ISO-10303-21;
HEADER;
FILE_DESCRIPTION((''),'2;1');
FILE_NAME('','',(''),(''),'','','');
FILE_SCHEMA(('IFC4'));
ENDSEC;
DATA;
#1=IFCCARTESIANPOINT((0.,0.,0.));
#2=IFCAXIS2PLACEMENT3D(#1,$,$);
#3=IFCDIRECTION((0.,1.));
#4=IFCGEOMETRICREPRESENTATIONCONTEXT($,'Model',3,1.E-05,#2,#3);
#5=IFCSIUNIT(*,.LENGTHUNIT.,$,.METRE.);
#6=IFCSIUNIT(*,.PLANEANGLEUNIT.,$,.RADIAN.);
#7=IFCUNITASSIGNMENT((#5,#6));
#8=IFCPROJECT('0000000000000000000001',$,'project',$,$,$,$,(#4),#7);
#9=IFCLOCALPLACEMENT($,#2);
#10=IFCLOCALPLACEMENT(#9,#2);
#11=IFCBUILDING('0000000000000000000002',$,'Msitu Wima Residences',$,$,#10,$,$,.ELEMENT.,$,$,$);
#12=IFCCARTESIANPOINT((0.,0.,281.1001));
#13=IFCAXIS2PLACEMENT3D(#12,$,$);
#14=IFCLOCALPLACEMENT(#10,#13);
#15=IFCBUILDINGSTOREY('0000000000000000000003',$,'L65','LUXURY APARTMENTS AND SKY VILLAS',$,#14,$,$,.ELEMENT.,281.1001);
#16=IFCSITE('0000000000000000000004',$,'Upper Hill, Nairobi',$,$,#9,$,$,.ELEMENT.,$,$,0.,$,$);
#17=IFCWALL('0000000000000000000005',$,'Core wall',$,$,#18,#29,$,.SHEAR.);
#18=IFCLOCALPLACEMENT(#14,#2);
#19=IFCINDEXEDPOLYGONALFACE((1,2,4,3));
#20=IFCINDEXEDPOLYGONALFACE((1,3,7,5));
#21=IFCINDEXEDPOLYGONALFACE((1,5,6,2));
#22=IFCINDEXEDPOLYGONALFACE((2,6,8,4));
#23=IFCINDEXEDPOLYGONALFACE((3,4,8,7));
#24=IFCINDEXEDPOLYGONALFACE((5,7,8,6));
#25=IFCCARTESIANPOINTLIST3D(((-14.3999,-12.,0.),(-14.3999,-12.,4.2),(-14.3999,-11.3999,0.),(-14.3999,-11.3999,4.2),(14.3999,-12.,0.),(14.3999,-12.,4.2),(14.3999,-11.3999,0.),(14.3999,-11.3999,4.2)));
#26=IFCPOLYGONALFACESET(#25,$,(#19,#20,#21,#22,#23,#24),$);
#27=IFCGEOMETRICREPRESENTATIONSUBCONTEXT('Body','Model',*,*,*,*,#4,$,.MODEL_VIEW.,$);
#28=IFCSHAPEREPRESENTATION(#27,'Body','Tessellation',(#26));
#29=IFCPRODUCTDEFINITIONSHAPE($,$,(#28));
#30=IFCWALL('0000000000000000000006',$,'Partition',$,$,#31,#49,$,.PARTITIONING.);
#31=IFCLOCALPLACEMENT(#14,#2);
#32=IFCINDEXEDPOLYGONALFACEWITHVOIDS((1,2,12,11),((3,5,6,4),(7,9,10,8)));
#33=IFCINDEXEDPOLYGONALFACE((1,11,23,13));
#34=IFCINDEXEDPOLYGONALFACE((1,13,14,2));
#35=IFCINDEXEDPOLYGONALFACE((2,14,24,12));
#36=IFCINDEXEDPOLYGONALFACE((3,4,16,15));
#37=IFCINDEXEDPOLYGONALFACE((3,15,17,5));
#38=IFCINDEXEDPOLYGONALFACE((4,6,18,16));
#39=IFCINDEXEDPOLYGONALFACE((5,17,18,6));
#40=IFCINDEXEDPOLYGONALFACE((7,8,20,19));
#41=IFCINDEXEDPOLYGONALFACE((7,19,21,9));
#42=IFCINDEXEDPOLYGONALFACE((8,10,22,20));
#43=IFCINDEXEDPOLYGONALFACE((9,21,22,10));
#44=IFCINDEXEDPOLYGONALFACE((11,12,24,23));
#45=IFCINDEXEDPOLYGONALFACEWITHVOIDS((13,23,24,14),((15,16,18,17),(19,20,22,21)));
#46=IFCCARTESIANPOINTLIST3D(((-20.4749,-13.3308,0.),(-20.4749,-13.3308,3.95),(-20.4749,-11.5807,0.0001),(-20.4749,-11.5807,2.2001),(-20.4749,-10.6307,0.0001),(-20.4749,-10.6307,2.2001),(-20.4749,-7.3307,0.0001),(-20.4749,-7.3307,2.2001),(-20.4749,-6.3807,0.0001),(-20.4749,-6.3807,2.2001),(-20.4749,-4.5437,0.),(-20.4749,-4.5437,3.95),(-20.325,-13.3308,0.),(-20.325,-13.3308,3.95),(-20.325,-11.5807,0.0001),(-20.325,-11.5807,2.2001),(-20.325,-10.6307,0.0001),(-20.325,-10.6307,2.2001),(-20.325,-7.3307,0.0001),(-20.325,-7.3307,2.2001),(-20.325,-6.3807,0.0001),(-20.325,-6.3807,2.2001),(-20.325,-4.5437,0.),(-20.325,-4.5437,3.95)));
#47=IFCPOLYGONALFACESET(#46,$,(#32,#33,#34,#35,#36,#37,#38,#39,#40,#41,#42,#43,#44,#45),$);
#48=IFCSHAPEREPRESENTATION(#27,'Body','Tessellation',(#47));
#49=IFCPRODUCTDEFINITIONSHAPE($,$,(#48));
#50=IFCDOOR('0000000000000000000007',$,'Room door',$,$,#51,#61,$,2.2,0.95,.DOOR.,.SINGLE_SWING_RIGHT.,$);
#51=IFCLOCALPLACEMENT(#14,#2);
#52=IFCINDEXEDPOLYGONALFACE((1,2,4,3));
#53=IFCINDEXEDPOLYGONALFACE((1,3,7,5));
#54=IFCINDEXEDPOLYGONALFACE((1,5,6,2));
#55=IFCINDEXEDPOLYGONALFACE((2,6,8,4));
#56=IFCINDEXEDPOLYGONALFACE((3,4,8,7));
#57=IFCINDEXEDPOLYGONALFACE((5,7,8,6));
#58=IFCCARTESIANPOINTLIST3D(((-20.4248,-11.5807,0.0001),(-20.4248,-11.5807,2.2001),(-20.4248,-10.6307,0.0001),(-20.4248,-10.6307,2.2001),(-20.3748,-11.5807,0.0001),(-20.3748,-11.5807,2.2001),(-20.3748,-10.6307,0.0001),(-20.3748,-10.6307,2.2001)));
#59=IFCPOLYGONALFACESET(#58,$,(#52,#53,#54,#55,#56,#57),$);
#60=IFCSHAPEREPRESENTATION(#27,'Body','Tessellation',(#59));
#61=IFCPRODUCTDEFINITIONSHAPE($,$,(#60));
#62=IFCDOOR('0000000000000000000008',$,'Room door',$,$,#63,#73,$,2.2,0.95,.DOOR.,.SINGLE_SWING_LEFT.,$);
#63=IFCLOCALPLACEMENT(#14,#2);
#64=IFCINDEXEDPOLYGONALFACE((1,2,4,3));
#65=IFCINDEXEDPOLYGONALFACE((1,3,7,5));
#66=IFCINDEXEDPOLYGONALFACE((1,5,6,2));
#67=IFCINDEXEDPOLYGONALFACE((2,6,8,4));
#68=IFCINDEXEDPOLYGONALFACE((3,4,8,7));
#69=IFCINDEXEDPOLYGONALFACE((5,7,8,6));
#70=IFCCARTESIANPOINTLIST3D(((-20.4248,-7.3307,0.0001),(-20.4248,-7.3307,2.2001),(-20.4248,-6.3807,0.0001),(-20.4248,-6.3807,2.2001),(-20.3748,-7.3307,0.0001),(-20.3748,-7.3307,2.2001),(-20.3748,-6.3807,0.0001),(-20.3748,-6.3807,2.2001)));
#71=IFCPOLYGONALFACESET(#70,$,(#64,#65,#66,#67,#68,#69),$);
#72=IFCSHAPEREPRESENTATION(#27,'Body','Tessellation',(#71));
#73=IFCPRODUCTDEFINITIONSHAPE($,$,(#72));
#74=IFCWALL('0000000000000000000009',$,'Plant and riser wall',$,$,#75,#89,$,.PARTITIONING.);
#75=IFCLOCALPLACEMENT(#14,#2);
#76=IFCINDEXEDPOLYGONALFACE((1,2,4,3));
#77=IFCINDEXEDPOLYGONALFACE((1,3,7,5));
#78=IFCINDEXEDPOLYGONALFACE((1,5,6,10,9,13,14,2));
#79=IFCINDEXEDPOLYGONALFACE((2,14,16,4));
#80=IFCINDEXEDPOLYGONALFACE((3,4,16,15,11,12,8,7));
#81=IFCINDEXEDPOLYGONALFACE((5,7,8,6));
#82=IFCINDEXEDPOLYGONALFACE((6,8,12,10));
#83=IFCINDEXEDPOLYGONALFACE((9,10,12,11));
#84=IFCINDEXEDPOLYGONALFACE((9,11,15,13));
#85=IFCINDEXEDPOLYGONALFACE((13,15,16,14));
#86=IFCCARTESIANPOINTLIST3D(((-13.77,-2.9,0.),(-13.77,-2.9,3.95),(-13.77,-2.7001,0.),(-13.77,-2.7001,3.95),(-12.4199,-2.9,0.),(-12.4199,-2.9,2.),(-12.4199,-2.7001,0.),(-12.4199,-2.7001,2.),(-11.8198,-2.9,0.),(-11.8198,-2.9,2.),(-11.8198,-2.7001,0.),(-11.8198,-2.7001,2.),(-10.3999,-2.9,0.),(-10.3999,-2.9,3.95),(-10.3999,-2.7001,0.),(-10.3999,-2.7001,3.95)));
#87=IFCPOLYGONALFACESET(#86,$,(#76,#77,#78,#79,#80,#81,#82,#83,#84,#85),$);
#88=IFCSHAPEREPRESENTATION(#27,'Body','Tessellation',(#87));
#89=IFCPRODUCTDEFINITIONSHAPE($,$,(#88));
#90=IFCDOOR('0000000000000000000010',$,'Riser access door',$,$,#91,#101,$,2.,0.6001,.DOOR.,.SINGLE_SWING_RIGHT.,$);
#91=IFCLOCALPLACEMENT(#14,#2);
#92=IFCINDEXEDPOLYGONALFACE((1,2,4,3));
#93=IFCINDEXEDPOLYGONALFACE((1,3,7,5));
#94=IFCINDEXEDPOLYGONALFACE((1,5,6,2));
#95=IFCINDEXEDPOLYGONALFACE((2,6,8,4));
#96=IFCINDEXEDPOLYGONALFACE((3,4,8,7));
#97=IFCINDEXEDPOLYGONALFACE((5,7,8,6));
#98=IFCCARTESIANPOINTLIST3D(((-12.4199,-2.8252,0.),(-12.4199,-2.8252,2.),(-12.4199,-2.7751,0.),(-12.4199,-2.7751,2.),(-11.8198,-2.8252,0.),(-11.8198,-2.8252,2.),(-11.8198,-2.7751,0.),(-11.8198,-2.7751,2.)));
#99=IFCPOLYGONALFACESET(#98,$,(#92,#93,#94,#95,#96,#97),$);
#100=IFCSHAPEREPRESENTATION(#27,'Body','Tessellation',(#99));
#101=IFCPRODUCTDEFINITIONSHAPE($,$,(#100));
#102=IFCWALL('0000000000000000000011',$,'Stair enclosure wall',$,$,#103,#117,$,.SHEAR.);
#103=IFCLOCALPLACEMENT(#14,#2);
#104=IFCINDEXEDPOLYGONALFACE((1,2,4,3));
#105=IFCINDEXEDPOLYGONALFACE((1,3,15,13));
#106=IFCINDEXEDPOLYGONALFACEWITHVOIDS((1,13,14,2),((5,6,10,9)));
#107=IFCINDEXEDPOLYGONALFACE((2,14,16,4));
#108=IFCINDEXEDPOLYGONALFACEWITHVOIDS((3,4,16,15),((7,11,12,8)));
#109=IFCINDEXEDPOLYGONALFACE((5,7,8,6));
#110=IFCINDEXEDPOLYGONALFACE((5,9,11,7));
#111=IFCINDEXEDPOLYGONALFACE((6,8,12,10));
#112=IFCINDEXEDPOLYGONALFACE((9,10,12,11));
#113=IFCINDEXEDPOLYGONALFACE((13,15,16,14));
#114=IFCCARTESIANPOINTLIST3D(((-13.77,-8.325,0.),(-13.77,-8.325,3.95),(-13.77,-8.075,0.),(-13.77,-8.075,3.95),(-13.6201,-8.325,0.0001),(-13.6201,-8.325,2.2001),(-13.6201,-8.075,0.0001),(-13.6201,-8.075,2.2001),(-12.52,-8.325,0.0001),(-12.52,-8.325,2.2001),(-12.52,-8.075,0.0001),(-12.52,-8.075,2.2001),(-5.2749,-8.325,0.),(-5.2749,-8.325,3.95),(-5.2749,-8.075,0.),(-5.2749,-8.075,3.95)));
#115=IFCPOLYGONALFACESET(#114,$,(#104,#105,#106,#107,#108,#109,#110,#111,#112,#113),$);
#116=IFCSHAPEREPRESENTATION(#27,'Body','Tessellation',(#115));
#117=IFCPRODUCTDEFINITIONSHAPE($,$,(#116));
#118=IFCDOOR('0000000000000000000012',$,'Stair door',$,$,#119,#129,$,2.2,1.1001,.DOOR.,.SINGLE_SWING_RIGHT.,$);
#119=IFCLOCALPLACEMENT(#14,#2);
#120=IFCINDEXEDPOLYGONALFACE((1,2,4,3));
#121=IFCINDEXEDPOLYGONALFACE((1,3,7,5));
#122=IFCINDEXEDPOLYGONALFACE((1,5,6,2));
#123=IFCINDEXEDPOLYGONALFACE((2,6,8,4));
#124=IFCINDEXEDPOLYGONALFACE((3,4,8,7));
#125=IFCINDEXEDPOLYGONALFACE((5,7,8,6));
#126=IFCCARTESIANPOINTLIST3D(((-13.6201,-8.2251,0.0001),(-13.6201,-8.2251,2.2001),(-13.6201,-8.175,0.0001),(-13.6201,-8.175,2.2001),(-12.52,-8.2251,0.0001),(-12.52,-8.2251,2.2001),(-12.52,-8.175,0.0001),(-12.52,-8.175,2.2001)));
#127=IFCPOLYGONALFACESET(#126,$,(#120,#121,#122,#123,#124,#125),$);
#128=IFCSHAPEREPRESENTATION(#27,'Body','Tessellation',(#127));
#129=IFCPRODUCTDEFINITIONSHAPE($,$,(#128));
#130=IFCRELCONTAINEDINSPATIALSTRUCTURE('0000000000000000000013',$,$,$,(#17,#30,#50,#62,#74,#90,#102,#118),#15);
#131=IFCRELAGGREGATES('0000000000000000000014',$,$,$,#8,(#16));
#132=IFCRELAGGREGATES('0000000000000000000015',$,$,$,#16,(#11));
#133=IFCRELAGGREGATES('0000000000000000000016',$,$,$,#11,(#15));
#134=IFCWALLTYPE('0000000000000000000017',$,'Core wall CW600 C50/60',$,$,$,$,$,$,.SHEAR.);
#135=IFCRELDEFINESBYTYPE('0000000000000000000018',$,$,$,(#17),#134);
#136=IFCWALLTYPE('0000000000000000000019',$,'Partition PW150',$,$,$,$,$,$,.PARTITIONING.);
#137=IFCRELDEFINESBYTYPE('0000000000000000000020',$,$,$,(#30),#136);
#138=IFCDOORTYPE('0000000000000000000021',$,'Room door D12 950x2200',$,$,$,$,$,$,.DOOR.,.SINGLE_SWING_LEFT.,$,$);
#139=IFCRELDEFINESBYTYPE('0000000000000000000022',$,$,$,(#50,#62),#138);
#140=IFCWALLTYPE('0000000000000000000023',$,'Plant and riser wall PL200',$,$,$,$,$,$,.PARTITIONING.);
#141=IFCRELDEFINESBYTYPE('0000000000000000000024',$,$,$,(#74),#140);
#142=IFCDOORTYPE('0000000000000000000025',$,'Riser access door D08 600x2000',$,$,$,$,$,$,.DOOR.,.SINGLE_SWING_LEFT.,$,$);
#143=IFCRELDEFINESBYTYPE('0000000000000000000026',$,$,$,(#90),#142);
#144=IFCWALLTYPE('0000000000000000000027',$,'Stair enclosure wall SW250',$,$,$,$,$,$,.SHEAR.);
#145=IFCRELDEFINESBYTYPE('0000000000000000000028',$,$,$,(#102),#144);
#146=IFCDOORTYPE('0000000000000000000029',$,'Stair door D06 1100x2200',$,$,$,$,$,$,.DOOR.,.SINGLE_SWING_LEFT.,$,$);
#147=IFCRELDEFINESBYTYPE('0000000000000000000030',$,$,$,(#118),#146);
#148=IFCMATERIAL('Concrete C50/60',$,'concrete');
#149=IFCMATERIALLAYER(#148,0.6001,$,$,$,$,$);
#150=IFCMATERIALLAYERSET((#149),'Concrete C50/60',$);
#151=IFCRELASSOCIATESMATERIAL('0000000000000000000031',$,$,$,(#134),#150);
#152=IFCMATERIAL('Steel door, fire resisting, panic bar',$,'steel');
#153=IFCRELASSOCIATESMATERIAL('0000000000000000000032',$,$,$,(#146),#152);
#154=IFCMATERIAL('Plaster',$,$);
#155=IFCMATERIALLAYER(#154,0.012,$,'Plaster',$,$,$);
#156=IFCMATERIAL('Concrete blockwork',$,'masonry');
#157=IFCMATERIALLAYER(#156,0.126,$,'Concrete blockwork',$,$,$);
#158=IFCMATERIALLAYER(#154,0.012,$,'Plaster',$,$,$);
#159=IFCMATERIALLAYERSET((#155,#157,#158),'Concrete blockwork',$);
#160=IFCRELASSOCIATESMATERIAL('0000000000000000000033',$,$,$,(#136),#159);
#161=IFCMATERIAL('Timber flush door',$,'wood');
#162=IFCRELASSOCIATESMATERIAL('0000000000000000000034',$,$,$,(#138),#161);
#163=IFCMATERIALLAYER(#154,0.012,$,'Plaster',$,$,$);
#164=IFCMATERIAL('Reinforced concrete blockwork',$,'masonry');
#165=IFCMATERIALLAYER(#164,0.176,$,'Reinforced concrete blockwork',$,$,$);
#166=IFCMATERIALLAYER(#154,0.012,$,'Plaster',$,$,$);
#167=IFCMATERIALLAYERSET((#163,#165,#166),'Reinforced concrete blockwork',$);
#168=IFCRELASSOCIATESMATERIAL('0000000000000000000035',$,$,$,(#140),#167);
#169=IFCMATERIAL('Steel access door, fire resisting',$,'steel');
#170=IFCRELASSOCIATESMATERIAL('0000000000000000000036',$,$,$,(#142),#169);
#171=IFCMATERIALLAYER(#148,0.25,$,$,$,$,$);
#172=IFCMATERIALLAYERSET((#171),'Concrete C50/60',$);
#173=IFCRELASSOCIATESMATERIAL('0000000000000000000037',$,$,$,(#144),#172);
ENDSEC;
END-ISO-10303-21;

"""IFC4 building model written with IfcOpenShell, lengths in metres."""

from ifc_helpers import new_model, si_unit, direction, frame, frame_2d, origin, place, context, subcontext, project, spatial, rectangle, extrude, material, layer, layer_set, type_object, element, fill, save


model = new_model("IFC4")

# Units and contexts
model_context = context("Model", 3, precision=1e-05, world=origin(), true_north=direction((0.0, 1.0)))
body_context = subcontext(model_context, "Body", "Model", "MODEL_VIEW")
ifc_project = project(units=[si_unit("LENGTHUNIT", "METRE"), si_unit("PLANEANGLEUNIT", "RADIAN")], contexts=[model_context])

# Site, building, storey
site_placement = place(None, origin())
site = spatial("IfcSite", under=ifc_project, at=site_placement, Name="Upper Hill, Nairobi", CompositionType="ELEMENT", RefElevation=0.0)
building_placement = place(site_placement, origin())
building = spatial("IfcBuilding", under=site, at=building_placement, Name="Msitu Wima Residences", CompositionType="ELEMENT")
storey_placement = place(building_placement, frame((0.0, 0.0, 281.1001)))
storey = spatial("IfcBuildingStorey", under=building, at=storey_placement, Name="L65", Description="LUXURY APARTMENTS AND SKY VILLAS", CompositionType="ELEMENT", Elevation=281.1001)

# Wall
ifc_material_1 = material(Name="Concrete C50/60", Category="concrete")
ifc_layer_1 = layer(ifc_material_1, 0.6001)
ifc_layer_set_1 = layer_set([ifc_layer_1], Name="Concrete C50/60")
wall_type_1 = type_object("IfcWallType", Name="Core wall CW600 C50/60", PredefinedType="SHEAR", material=ifc_layer_set_1)
wall_1_placement = place(storey_placement, frame((-14.3999, -11.7, 0.0), z_axis=(0.0, 0.0, 1.0), x_axis=(1.0, 0.0, 0.0)))
element("IfcWall", 1, at=wall_1_placement, inside=storey, type_object=wall_type_1, Name="Core wall", PredefinedType="SHEAR", context=body_context, shape_type="SweptSolid", body=[
    extrude(rectangle(XDim=28.7998, YDim=0.6001, at=frame_2d((14.3999, 0.0))), origin(), (0.0, 0.0, 1.0), 4.2),
])

# Wall, openings, doors
ifc_material_2 = material(Name="Steel door, fire resisting, panic bar", Category="steel")
door_type_1 = type_object("IfcDoorType", Name="Stair door D06 1100x2200", OperationType="SINGLE_SWING_LEFT", PredefinedType="DOOR", material=ifc_material_2)
ifc_material_3 = material(Name="Plaster")
ifc_layer_2 = layer(ifc_material_3, 0.012, Name="Plaster")
ifc_material_4 = material(Name="Concrete blockwork", Category="masonry")
ifc_layer_3 = layer(ifc_material_4, 0.126, Name="Concrete blockwork")
ifc_layer_4 = layer(ifc_material_3, 0.012, Name="Plaster")
ifc_layer_set_2 = layer_set([ifc_layer_2, ifc_layer_3, ifc_layer_4], Name="Concrete blockwork")
wall_type_2 = type_object("IfcWallType", Name="Partition PW150", PredefinedType="PARTITIONING", material=ifc_layer_set_2)
wall_2_placement = place(storey_placement, frame((-20.3999, -13.3308, 0.0), z_axis=(0.0, 0.0, 1.0), x_axis=(0.0, 1.0, 0.0)))
wall_2 = element("IfcWall", 2, at=wall_2_placement, inside=storey, type_object=wall_type_2, Name="Partition", PredefinedType="PARTITIONING", context=body_context, shape_type="SweptSolid", body=[
    extrude(rectangle(XDim=8.7871, YDim=0.1499, at=frame_2d((4.3936, 0.0))), origin(), (0.0, 0.0, 1.0), 3.95),
])
opening_1_placement = place(wall_2_placement, frame((1.75, 0.0, 0.0)))
opening_1 = element("IfcOpeningElement", 3, at=opening_1_placement, cuts=wall_2, PredefinedType="OPENING", context=body_context, shape_type="SweptSolid", body=[
    extrude(rectangle(XDim=0.95, YDim=2.2, at=frame_2d((0.4751, 1.1001))), frame((0.0, 0.085, 0.0), z_axis=(0.0, -1.0, 0.0), x_axis=(1.0, 0.0, 0.0)), (0.0, 0.0, 1.0), 0.1699),
])
opening_2_placement = place(wall_2_placement, frame((6.0, 0.0, 0.0)))
opening_2 = element("IfcOpeningElement", 4, at=opening_2_placement, cuts=wall_2, PredefinedType="OPENING", context=body_context, shape_type="SweptSolid", body=[
    extrude(rectangle(XDim=0.95, YDim=2.2, at=frame_2d((0.4751, 1.1001))), frame((0.0, 0.085, 0.0), z_axis=(0.0, -1.0, 0.0), x_axis=(1.0, 0.0, 0.0)), (0.0, 0.0, 1.0), 0.1699),
])
ifc_material_5 = material(Name="Timber flush door", Category="wood")
door_type_2 = type_object("IfcDoorType", Name="Room door D12 950x2200", OperationType="SINGLE_SWING_LEFT", PredefinedType="DOOR", material=ifc_material_5)
door_1_placement = place(opening_1_placement, origin())
door_1 = element("IfcDoor", 5, at=door_1_placement, inside=storey, type_object=door_type_2, Name="Room door", OperationType="SINGLE_SWING_RIGHT", OverallHeight=2.2, OverallWidth=0.95, PredefinedType="DOOR", context=body_context, shape_type="SweptSolid", body=[
    extrude(rectangle(XDim=0.95, YDim=2.2, at=frame_2d((0.4751, 1.1001))), frame((0.0, 0.0249, 0.0), z_axis=(0.0, -1.0, 0.0), x_axis=(1.0, 0.0, 0.0)), (0.0, 0.0, 1.0), 0.05),
])
fill(opening_1, door_1)
door_2_placement = place(opening_2_placement, origin())
door_2 = element("IfcDoor", 6, at=door_2_placement, inside=storey, type_object=door_type_2, Name="Room door", OperationType="SINGLE_SWING_LEFT", OverallHeight=2.2, OverallWidth=0.95, PredefinedType="DOOR", context=body_context, shape_type="SweptSolid", body=[
    extrude(rectangle(XDim=0.95, YDim=2.2, at=frame_2d((0.4751, 1.1001))), frame((0.0, 0.0249, 0.0), z_axis=(0.0, -1.0, 0.0), x_axis=(1.0, 0.0, 0.0)), (0.0, 0.0, 1.0), 0.05),
])
fill(opening_2, door_2)

# Walls, openings, doors
ifc_layer_5 = layer(ifc_material_3, 0.012, Name="Plaster")
ifc_material_6 = material(Name="Reinforced concrete blockwork", Category="masonry")
ifc_layer_6 = layer(ifc_material_6, 0.176, Name="Reinforced concrete blockwork")
ifc_layer_7 = layer(ifc_material_3, 0.012, Name="Plaster")
ifc_layer_set_3 = layer_set([ifc_layer_5, ifc_layer_6, ifc_layer_7], Name="Reinforced concrete blockwork")
wall_type_3 = type_object("IfcWallType", Name="Plant and riser wall PL200", PredefinedType="PARTITIONING", material=ifc_layer_set_3)
wall_3_placement = place(storey_placement, frame((-13.77, -2.8, 0.0), z_axis=(0.0, 0.0, 1.0), x_axis=(1.0, 0.0, 0.0)))
wall_3 = element("IfcWall", 7, at=wall_3_placement, inside=storey, type_object=wall_type_3, Name="Plant and riser wall", PredefinedType="PARTITIONING", context=body_context, shape_type="SweptSolid", body=[
    extrude(rectangle(XDim=3.3701, YDim=0.2, at=frame_2d((1.6851, 0.0))), origin(), (0.0, 0.0, 1.0), 3.95),
])
opening_3_placement = place(wall_3_placement, frame((1.3501, 0.0, 0.0)))
opening_3 = element("IfcOpeningElement", 8, at=opening_3_placement, cuts=wall_3, PredefinedType="OPENING", context=body_context, shape_type="SweptSolid", body=[
    extrude(rectangle(XDim=0.6001, YDim=2.0, at=frame_2d((0.3, 1.0))), frame((0.0, 0.1099, 0.0), z_axis=(0.0, -1.0, 0.0), x_axis=(1.0, 0.0, 0.0)), (0.0, 0.0, 1.0), 0.22),
])
ifc_material_7 = material(Name="Steel access door, fire resisting", Category="steel")
door_type_3 = type_object("IfcDoorType", Name="Riser access door D08 600x2000", OperationType="SINGLE_SWING_LEFT", PredefinedType="DOOR", material=ifc_material_7)
door_3_placement = place(opening_3_placement, origin())
door_3 = element("IfcDoor", 9, at=door_3_placement, inside=storey, type_object=door_type_3, Name="Riser access door", OperationType="SINGLE_SWING_RIGHT", OverallHeight=2.0, OverallWidth=0.6001, PredefinedType="DOOR", context=body_context, shape_type="SweptSolid", body=[
    extrude(rectangle(XDim=0.6001, YDim=2.0, at=frame_2d((0.3, 1.0))), frame((0.0, 0.0249, 0.0), z_axis=(0.0, -1.0, 0.0), x_axis=(1.0, 0.0, 0.0)), (0.0, 0.0, 1.0), 0.05),
])
fill(opening_3, door_3)
ifc_layer_8 = layer(ifc_material_1, 0.25)
ifc_layer_set_4 = layer_set([ifc_layer_8], Name="Concrete C50/60")
wall_type_4 = type_object("IfcWallType", Name="Stair enclosure wall SW250", PredefinedType="SHEAR", material=ifc_layer_set_4)
wall_4_placement = place(storey_placement, frame((-13.77, -8.2, 0.0), z_axis=(0.0, 0.0, 1.0), x_axis=(1.0, 0.0, 0.0)))
wall_4 = element("IfcWall", 10, at=wall_4_placement, inside=storey, type_object=wall_type_4, Name="Stair enclosure wall", PredefinedType="SHEAR", context=body_context, shape_type="SweptSolid", body=[
    extrude(rectangle(XDim=8.4951, YDim=0.25, at=frame_2d((4.2476, 0.0))), origin(), (0.0, 0.0, 1.0), 3.95),
])
opening_4_placement = place(wall_4_placement, frame((0.1499, 0.0, 0.0)))
opening_4 = element("IfcOpeningElement", 11, at=opening_4_placement, cuts=wall_4, PredefinedType="OPENING", context=body_context, shape_type="SweptSolid", body=[
    extrude(rectangle(XDim=1.1001, YDim=2.2, at=frame_2d((0.55, 1.1001))), frame((0.0, 0.135, 0.0), z_axis=(0.0, -1.0, 0.0), x_axis=(1.0, 0.0, 0.0)), (0.0, 0.0, 1.0), 0.27),
])
door_4_placement = place(opening_4_placement, origin())
door_4 = element("IfcDoor", 12, at=door_4_placement, inside=storey, type_object=door_type_1, Name="Stair door", OperationType="SINGLE_SWING_RIGHT", OverallHeight=2.2, OverallWidth=1.1001, PredefinedType="DOOR", context=body_context, shape_type="SweptSolid", body=[
    extrude(rectangle(XDim=1.1001, YDim=2.2, at=frame_2d((0.55, 1.1001))), frame((0.0, 0.0249, 0.0), z_axis=(0.0, -1.0, 0.0), x_axis=(1.0, 0.0, 0.0)), (0.0, 0.0, 1.0), 0.05),
])
fill(opening_4, door_4)

save(model, "model.ifc")
